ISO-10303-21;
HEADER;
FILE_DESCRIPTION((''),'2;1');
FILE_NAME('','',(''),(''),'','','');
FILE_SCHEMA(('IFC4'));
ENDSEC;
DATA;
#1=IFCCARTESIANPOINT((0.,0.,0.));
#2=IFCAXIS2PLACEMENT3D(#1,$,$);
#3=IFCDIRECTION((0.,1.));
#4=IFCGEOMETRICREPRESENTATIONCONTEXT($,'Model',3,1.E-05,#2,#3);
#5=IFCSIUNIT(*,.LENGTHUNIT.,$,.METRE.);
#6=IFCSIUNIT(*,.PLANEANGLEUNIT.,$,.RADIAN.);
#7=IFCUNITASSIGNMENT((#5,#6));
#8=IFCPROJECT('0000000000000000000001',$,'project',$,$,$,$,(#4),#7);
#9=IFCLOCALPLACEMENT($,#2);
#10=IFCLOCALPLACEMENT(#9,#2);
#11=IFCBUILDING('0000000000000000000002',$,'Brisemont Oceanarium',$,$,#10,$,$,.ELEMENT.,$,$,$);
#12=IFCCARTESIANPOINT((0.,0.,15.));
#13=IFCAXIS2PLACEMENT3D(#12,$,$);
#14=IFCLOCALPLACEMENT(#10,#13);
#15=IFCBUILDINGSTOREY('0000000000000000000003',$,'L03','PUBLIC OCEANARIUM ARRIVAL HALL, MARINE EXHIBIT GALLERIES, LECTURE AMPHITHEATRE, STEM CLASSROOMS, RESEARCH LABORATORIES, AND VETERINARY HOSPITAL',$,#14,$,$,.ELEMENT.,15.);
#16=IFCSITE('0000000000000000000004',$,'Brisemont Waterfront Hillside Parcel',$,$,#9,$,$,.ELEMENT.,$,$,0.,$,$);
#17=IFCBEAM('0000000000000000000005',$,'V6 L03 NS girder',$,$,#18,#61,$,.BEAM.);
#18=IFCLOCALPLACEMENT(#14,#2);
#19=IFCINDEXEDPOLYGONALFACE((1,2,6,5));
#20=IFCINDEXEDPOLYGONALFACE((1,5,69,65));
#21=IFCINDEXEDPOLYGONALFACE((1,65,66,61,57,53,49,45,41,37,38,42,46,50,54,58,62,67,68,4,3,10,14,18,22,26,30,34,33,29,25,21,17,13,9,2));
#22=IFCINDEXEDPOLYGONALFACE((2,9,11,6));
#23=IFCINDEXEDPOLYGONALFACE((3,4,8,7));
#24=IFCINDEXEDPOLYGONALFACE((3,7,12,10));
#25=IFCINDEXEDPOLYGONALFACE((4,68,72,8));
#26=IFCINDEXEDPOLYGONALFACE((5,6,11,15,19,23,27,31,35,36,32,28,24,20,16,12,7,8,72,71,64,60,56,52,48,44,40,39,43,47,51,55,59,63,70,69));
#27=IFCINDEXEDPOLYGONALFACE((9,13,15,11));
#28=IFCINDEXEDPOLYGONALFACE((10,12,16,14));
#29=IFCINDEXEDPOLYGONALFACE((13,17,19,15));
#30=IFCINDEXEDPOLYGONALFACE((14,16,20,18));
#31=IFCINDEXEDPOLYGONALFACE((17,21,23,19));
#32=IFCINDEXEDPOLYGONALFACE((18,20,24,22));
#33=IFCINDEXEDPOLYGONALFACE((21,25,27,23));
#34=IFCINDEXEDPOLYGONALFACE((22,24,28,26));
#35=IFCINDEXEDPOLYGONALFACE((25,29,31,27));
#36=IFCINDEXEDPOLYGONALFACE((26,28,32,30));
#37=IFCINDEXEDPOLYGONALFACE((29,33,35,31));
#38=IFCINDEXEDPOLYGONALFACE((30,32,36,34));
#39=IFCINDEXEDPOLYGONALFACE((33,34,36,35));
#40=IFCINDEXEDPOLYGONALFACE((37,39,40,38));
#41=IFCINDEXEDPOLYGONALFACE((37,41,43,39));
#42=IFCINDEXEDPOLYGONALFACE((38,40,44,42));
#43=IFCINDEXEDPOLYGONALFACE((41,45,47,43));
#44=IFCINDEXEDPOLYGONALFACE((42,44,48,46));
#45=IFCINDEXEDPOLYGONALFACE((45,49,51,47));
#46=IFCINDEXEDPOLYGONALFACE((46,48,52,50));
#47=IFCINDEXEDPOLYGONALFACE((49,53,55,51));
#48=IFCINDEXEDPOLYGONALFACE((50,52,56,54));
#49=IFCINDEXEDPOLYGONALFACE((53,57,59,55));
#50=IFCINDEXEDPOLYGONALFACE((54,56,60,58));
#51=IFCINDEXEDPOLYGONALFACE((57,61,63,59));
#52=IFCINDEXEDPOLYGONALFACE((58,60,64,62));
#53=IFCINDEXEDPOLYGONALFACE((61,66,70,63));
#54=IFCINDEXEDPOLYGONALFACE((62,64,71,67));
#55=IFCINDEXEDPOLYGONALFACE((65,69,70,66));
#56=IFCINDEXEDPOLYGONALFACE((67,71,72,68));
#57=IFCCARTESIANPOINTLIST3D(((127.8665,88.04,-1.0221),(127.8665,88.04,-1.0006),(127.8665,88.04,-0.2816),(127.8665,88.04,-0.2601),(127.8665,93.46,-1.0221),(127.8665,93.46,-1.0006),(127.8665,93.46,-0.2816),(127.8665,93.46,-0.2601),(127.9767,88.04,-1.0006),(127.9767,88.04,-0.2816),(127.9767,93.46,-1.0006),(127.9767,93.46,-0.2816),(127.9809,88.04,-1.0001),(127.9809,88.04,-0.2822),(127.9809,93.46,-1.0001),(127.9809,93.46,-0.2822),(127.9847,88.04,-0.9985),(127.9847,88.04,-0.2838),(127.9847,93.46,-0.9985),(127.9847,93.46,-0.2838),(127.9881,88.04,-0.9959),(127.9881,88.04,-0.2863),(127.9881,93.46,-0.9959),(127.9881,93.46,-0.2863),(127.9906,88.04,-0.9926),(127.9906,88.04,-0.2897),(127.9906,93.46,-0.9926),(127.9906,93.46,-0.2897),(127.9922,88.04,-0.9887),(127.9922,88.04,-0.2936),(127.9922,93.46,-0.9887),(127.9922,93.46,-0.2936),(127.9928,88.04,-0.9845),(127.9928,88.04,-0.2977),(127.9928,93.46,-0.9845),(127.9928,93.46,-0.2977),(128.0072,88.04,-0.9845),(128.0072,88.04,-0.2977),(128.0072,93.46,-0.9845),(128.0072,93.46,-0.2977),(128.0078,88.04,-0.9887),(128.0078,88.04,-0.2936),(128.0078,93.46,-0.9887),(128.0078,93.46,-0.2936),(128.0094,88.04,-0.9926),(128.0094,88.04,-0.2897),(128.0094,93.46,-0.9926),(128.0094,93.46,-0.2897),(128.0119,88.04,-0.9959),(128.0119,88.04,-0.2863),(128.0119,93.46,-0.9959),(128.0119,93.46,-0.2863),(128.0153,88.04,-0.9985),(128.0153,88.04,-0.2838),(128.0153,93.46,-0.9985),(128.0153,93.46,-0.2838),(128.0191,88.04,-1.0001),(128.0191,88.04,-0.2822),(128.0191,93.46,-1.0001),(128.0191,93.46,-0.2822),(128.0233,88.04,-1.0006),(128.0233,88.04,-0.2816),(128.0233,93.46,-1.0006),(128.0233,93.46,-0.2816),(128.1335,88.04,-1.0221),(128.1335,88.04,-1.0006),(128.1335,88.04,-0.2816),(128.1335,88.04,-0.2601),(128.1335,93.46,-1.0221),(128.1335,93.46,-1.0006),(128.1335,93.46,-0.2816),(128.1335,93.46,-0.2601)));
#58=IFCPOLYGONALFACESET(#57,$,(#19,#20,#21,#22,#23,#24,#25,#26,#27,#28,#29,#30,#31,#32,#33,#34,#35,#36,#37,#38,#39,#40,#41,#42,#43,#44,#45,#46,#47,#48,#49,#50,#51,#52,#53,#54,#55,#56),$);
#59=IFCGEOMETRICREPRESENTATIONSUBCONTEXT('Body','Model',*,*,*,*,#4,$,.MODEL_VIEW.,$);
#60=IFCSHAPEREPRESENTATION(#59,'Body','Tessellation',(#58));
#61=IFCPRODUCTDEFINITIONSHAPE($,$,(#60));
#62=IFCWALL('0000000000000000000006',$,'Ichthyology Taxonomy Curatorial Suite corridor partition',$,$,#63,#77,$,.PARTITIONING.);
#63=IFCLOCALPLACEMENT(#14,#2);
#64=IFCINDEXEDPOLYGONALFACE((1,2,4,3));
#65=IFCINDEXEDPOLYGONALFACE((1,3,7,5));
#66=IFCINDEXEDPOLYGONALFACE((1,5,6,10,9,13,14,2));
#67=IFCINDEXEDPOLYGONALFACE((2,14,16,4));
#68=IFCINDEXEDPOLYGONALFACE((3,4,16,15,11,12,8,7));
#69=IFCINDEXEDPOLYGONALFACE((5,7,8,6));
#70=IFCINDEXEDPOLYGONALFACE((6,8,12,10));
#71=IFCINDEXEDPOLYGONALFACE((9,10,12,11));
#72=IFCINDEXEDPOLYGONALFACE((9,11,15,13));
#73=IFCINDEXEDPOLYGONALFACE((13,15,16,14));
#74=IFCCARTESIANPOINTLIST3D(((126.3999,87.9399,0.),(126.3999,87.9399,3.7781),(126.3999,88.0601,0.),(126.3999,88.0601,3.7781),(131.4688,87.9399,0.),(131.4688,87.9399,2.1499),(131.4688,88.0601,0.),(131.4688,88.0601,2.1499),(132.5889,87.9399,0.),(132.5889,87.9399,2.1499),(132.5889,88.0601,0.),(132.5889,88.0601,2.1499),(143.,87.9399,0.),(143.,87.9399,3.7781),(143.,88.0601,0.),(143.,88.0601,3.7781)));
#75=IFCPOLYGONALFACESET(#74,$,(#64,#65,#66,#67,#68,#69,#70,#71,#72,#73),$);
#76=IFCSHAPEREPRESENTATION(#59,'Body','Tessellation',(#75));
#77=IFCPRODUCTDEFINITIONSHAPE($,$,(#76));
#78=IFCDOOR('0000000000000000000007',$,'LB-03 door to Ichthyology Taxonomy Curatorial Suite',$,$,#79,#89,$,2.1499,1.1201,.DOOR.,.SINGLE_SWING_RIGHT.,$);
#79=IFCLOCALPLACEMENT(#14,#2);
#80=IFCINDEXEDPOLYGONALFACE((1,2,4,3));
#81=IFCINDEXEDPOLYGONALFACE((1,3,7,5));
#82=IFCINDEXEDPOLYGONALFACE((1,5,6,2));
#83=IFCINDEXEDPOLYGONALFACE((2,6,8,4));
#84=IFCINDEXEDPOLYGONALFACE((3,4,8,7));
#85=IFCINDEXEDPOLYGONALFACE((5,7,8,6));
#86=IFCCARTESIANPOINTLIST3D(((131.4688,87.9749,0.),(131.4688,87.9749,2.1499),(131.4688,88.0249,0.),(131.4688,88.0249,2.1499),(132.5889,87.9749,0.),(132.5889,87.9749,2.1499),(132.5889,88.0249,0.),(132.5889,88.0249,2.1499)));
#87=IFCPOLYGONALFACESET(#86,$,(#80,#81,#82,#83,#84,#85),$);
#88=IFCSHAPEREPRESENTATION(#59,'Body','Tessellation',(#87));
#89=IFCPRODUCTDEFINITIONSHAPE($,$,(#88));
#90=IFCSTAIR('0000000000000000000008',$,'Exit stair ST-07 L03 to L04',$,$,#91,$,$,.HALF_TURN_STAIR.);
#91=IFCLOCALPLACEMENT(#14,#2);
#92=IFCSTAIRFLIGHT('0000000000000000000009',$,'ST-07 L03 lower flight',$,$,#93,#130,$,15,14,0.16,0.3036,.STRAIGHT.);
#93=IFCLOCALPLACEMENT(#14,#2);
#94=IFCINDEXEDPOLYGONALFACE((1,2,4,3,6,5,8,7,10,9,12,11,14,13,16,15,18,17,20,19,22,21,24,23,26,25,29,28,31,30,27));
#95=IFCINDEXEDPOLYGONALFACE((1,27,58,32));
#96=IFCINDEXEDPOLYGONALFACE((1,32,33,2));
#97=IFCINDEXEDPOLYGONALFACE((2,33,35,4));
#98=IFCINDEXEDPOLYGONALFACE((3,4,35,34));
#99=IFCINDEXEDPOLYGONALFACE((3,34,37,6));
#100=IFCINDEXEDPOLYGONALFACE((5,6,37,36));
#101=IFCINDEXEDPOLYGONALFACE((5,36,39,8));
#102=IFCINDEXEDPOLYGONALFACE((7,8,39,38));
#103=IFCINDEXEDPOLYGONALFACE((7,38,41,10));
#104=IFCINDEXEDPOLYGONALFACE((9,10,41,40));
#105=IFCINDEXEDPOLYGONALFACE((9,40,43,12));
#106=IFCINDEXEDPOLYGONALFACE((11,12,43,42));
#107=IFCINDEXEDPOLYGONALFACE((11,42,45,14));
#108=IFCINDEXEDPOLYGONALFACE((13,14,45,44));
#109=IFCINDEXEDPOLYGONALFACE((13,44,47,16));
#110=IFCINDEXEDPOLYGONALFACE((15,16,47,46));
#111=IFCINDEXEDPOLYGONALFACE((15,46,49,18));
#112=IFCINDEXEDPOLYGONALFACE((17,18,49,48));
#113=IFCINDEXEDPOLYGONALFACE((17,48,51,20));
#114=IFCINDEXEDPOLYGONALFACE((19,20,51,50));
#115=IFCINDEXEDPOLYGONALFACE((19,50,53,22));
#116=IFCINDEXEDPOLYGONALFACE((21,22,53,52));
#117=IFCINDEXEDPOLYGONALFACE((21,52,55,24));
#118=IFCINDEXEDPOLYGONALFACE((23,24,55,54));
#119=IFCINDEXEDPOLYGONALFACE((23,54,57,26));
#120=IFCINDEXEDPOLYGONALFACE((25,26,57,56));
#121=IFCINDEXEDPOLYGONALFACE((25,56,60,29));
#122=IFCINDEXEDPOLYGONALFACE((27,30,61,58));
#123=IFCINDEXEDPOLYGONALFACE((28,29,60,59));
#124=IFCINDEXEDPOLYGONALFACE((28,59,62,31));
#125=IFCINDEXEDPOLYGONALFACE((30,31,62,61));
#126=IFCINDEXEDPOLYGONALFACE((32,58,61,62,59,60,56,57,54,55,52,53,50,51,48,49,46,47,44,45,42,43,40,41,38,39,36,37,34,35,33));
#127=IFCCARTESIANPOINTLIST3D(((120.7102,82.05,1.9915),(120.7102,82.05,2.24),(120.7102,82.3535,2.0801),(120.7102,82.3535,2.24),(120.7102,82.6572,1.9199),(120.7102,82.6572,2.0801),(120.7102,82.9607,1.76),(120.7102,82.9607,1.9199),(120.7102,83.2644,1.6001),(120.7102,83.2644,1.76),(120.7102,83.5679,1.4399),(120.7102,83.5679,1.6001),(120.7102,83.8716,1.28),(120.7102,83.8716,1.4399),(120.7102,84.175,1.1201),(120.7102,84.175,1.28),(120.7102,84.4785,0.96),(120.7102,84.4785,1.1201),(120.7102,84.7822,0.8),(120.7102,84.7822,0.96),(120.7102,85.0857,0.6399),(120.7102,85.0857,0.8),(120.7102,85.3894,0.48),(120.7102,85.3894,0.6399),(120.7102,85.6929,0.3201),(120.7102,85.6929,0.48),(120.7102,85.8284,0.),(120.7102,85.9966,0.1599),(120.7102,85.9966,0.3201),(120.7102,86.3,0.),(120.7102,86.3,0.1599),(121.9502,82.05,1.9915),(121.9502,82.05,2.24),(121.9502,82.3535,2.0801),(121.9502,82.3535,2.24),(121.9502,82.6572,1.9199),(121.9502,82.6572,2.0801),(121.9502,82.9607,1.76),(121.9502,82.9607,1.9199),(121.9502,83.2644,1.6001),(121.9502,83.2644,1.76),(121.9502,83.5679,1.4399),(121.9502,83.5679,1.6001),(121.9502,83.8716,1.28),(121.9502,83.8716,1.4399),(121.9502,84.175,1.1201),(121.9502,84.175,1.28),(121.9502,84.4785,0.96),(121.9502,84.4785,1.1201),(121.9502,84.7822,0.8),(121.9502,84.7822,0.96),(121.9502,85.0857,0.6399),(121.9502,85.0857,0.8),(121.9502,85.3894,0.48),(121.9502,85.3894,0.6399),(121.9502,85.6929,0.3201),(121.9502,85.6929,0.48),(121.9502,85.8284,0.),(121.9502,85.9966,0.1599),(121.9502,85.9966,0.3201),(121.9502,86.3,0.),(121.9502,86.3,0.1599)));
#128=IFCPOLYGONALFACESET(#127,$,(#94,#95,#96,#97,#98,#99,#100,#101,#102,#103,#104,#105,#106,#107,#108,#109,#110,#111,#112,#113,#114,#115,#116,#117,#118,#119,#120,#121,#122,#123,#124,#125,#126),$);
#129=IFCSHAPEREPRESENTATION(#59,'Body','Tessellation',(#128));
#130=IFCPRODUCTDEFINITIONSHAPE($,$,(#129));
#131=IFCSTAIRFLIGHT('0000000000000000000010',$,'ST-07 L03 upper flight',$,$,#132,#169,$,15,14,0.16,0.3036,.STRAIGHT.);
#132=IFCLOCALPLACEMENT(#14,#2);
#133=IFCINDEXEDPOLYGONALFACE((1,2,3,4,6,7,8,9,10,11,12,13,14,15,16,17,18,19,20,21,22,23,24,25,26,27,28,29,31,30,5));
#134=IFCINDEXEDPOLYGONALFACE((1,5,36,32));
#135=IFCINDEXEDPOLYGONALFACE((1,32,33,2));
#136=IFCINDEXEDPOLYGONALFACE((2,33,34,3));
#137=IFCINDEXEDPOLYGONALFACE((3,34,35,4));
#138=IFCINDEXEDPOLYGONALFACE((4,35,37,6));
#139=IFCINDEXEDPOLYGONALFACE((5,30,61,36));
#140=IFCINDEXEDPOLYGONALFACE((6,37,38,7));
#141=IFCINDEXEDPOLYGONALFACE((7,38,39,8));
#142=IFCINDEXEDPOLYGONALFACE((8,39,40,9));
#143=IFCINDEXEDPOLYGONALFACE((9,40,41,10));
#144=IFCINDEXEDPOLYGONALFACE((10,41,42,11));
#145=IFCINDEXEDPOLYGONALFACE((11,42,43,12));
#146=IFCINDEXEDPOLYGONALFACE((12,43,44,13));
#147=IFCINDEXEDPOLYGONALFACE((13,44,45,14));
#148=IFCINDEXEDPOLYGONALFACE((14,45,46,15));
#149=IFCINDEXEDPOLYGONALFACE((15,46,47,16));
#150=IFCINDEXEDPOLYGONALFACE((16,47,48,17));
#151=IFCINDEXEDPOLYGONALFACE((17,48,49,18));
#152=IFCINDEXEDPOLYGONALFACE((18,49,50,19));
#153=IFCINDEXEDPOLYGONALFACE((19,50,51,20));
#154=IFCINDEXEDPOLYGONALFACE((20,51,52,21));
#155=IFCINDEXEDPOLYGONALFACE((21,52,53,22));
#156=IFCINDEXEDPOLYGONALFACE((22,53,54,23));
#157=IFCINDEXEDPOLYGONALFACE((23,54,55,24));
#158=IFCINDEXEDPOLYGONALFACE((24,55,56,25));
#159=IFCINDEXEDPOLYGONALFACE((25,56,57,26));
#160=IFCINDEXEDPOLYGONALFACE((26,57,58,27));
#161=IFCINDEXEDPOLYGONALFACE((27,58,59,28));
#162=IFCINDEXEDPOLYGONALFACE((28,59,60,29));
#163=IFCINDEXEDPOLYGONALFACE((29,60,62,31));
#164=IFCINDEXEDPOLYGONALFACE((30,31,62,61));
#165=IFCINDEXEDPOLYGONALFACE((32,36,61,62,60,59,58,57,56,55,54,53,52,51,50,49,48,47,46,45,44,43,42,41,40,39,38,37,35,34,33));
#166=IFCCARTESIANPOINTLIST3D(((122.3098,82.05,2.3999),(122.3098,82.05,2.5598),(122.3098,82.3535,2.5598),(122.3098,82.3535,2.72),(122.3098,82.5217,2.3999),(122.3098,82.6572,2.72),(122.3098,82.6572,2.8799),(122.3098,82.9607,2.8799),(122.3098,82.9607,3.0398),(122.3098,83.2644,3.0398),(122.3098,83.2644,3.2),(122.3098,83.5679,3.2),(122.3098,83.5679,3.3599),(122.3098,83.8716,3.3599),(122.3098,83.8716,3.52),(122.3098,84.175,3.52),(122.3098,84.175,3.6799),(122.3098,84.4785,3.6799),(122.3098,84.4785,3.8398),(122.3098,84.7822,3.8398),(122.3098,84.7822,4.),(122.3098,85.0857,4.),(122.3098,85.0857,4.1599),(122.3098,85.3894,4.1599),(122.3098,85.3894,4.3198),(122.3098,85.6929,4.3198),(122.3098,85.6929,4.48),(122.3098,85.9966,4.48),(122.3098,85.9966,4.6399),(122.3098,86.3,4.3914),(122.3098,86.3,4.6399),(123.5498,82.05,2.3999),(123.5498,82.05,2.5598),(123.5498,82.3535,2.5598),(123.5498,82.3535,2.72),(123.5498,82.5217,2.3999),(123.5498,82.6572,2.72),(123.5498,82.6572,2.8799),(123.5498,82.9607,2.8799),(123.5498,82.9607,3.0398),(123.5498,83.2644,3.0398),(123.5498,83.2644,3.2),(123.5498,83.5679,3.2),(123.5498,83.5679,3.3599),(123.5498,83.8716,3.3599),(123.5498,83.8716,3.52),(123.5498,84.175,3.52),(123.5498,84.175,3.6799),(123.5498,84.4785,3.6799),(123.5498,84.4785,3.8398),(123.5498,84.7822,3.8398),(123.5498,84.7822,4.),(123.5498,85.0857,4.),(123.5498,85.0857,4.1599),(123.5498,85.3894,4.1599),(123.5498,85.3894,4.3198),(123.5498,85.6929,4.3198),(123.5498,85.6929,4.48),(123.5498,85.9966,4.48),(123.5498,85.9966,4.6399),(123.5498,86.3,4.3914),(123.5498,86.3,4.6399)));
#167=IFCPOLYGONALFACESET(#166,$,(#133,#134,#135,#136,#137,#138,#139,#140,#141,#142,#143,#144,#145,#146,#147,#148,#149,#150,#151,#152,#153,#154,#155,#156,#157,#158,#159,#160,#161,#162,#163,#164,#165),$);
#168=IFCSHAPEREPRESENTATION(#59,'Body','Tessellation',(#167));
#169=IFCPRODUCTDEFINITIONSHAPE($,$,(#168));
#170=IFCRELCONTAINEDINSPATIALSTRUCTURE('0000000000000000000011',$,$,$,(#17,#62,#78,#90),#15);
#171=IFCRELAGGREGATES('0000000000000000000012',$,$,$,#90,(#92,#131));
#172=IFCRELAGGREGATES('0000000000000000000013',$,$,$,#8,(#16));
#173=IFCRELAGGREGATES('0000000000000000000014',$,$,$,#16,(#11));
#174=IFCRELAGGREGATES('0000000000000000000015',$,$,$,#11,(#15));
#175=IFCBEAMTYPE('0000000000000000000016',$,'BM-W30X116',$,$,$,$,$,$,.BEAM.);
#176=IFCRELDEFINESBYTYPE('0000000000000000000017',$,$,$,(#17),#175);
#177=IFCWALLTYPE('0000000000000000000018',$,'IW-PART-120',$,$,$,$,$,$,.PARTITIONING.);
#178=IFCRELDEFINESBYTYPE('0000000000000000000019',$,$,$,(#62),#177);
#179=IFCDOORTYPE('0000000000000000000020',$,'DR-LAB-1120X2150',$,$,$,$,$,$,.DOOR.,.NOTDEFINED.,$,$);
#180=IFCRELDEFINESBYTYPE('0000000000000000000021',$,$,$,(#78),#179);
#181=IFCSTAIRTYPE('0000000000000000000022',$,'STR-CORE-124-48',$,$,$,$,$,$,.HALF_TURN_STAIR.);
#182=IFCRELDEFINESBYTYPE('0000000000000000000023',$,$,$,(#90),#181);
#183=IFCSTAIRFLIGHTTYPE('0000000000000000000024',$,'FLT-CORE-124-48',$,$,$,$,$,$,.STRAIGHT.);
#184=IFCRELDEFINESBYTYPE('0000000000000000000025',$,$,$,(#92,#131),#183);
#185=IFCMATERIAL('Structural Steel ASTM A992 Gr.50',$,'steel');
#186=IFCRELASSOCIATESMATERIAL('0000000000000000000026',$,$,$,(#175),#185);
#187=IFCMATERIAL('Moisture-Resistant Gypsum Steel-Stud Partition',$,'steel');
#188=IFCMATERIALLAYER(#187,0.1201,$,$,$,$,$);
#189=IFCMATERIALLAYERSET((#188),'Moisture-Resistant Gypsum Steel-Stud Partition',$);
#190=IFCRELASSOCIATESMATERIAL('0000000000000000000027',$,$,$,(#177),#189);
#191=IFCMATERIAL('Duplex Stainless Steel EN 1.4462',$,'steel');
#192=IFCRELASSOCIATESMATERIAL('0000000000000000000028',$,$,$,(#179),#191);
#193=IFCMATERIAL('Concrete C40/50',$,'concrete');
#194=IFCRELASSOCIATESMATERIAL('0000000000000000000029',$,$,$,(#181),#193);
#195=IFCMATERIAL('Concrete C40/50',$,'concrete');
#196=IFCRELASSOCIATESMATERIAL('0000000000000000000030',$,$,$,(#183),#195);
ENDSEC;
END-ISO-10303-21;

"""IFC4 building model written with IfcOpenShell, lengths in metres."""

from ifc_helpers import new_model, si_unit, direction, frame, frame_2d, origin, origin_2d, place, context, subcontext, project, spatial, polyline, rectangle, i_section, outline, extrude, material, layer, layer_set, material_profile, profile_set, type_object, element, fill, aggregate, save


model = new_model("IFC4")

# Units and contexts
model_context = context("Model", 3, precision=1e-05, world=origin(), true_north=direction((0.0, 1.0)))
body_context = subcontext(model_context, "Body", "Model", "MODEL_VIEW")
ifc_project = project(units=[si_unit("LENGTHUNIT", "METRE"), si_unit("PLANEANGLEUNIT", "RADIAN")], contexts=[model_context])

# Site, building, storey
site_placement = place(None, origin())
site = spatial("IfcSite", under=ifc_project, at=site_placement, Name="Brisemont Waterfront Hillside Parcel", CompositionType="ELEMENT", RefElevation=0.0)
building_placement = place(site_placement, origin())
building = spatial("IfcBuilding", under=site, at=building_placement, Name="Brisemont Oceanarium", CompositionType="ELEMENT")
storey_placement = place(building_placement, frame((0.0, 0.0, 15.0)))
storey = spatial("IfcBuildingStorey", under=building, at=storey_placement, Name="L03", Description="PUBLIC OCEANARIUM ARRIVAL HALL, MARINE EXHIBIT GALLERIES, LECTURE AMPHITHEATRE, STEM CLASSROOMS, RESEARCH LABORATORIES, AND VETERINARY HOSPITAL", CompositionType="ELEMENT", Elevation=15.0)

# Beam
ifc_material_1 = material(Name="Structural Steel ASTM A992 Gr.50", Category="steel")
ifc_material_profile_1 = material_profile(ifc_material_1, i_section(OverallWidth=0.2671, OverallDepth=0.762, WebThickness=0.0144, FlangeThickness=0.0215, FilletRadius=0.0161, at=origin_2d()), Name="W30X116")
ifc_profile_set_1 = profile_set([ifc_material_profile_1], Name="Structural Steel ASTM A992 Gr.50")
beam_type_1 = type_object("IfcBeamType", Name="BM-W30X116", PredefinedType="BEAM", material=ifc_profile_set_1)
beam_1_placement = place(storey_placement, frame((128.0, 88.04, -0.6411), z_axis=(0.0, 1.0, 0.0), x_axis=(-1.0, 0.0, 0.0)))
element("IfcBeam", 1, at=beam_1_placement, inside=storey, type_object=beam_type_1, Name="V6 L03 NS girder", PredefinedType="BEAM", context=body_context, shape_type="SweptSolid", body=[
    extrude(i_section(OverallWidth=0.2671, OverallDepth=0.762, WebThickness=0.0144, FlangeThickness=0.0215, FilletRadius=0.0161, at=origin_2d()), origin(), (0.0, 0.0, 1.0), 5.4199),
])

# Wall, opening, door
ifc_material_2 = material(Name="Moisture-Resistant Gypsum Steel-Stud Partition", Category="steel")
ifc_layer_1 = layer(ifc_material_2, 0.1201)
ifc_layer_set_1 = layer_set([ifc_layer_1], Name="Moisture-Resistant Gypsum Steel-Stud Partition")
wall_type_1 = type_object("IfcWallType", Name="IW-PART-120", PredefinedType="PARTITIONING", material=ifc_layer_set_1)
wall_1_placement = place(storey_placement, frame((126.3999, 88.0, 0.0), z_axis=(0.0, 0.0, 1.0), x_axis=(1.0, 0.0, 0.0)))
wall_1 = element("IfcWall", 2, at=wall_1_placement, inside=storey, type_object=wall_type_1, Name="Ichthyology Taxonomy Curatorial Suite corridor partition", PredefinedType="PARTITIONING", context=body_context, shape_type="SweptSolid", body=[
    extrude(rectangle(XDim=16.6001, YDim=0.1201, at=frame_2d((8.3, 0.0))), origin(), (0.0, 0.0, 1.0), 3.7781),
])
opening_1_placement = place(wall_1_placement, frame((5.0688, 0.0, 0.0)))
opening_1 = element("IfcOpeningElement", 3, at=opening_1_placement, cuts=wall_1, PredefinedType="OPENING", context=body_context, shape_type="SweptSolid", body=[
    extrude(rectangle(XDim=1.1201, YDim=2.1499, at=frame_2d((0.5601, 1.075))), frame((0.0, 0.0701, 0.0), z_axis=(0.0, -1.0, 0.0), x_axis=(1.0, 0.0, 0.0)), (0.0, 0.0, 1.0), 0.1401),
])
ifc_material_3 = material(Name="Duplex Stainless Steel EN 1.4462", Category="steel")
door_type_1 = type_object("IfcDoorType", Name="DR-LAB-1120X2150", OperationType="NOTDEFINED", PredefinedType="DOOR", material=ifc_material_3)
door_1_placement = place(opening_1_placement, origin())
door_1 = element("IfcDoor", 4, at=door_1_placement, inside=storey, type_object=door_type_1, Name="LB-03 door to Ichthyology Taxonomy Curatorial Suite", OperationType="SINGLE_SWING_RIGHT", OverallHeight=2.1499, OverallWidth=1.1201, PredefinedType="DOOR", context=body_context, shape_type="SweptSolid", body=[
    extrude(rectangle(XDim=1.1201, YDim=2.1499, at=frame_2d((0.5601, 1.075))), frame((0.0, 0.0249, 0.0), z_axis=(0.0, -1.0, 0.0), x_axis=(1.0, 0.0, 0.0)), (0.0, 0.0, 1.0), 0.05),
])
fill(opening_1, door_1)

# Stair, stair flights
ifc_material_4 = material(Name="Concrete C40/50", Category="concrete")
stair_type = type_object("IfcStairType", Name="STR-CORE-124-48", PredefinedType="HALF_TURN_STAIR", material=ifc_material_4)
stair_placement = place(storey_placement, origin())
stair = element("IfcStair", 5, at=stair_placement, inside=storey, type_object=stair_type, Name="Exit stair ST-07 L03 to L04", PredefinedType="HALF_TURN_STAIR")
ifc_material_5 = material(Name="Concrete C40/50", Category="concrete")
stair_flight_type = type_object("IfcStairFlightType", Name="FLT-CORE-124-48", PredefinedType="STRAIGHT", material=ifc_material_5)
stair_flight_1_placement = place(storey_placement, frame((121.3301, 86.3, 0.0), z_axis=(0.0, 0.0, 1.0), x_axis=(0.0, -1.0, 0.0)))
stair_flight_1 = element("IfcStairFlight", 6, at=stair_flight_1_placement, type_object=stair_flight_type, Name="ST-07 L03 lower flight", NumberOfRisers=15, NumberOfTreads=14, PredefinedType="STRAIGHT", RiserHeight=0.16, TreadLength=0.3036, context=body_context, shape_type="SweptSolid", body=[
    extrude(outline(polyline([(0.0, 0.0), (0.0, 0.1599), (0.3035, 0.1599), (0.3035, 0.3201), (0.6072, 0.3201), (0.6072, 0.48), (0.9106, 0.48), (0.9106, 0.6399), (1.2144, 0.6399), (1.2144, 0.8), (1.5178, 0.8), (1.5178, 0.96), (1.8215, 0.96), (1.8215, 1.1201), (2.125, 1.1201), (2.125, 1.28), (2.4285, 1.28), (2.4285, 1.4399), (2.7322, 1.4399), (2.7322, 1.6001), (3.0356, 1.6001), (3.0356, 1.76), (3.3394, 1.76), (3.3394, 1.9199), (3.6428, 1.9199), (3.6428, 2.0801), (3.9465, 2.0801), (3.9465, 2.24), (4.25, 2.24), (4.25, 2.3999), (4.25, 1.9915), (0.4717, 0.0), (0.0, 0.0)])), frame((0.0, 0.6201, 0.0), z_axis=(0.0, -1.0, 0.0), x_axis=(1.0, 0.0, 0.0)), (0.0, 0.0, 1.0), 1.24),
])
stair_flight_2_placement = place(storey_placement, frame((122.9299, 82.05, 2.3999), z_axis=(0.0, 0.0, 1.0), x_axis=(0.0, 1.0, 0.0)))
stair_flight_2 = element("IfcStairFlight", 7, at=stair_flight_2_placement, type_object=stair_flight_type, Name="ST-07 L03 upper flight", NumberOfRisers=15, NumberOfTreads=14, PredefinedType="STRAIGHT", RiserHeight=0.16, TreadLength=0.3036, context=body_context, shape_type="SweptSolid", body=[
    extrude(outline(polyline([(0.0, 0.0), (0.0, 0.1599), (0.3035, 0.1599), (0.3035, 0.3201), (0.6072, 0.3201), (0.6072, 0.48), (0.9106, 0.48), (0.9106, 0.6399), (1.2144, 0.6399), (1.2144, 0.8), (1.5178, 0.8), (1.5178, 0.96), (1.8215, 0.96), (1.8215, 1.1201), (2.125, 1.1201), (2.125, 1.28), (2.4285, 1.28), (2.4285, 1.4399), (2.7322, 1.4399), (2.7322, 1.6001), (3.0356, 1.6001), (3.0356, 1.76), (3.3394, 1.76), (3.3394, 1.9199), (3.6428, 1.9199), (3.6428, 2.0801), (3.9465, 2.0801), (3.9465, 2.24), (4.25, 2.24), (4.25, 2.3999), (4.25, 1.9915), (0.4717, 0.0), (0.0, 0.0)])), frame((0.0, 0.6201, 0.0), z_axis=(0.0, -1.0, 0.0), x_axis=(1.0, 0.0, 0.0)), (0.0, 0.0, 1.0), 1.24),
])
aggregate(stair, [stair_flight_1, stair_flight_2])

save(model, "model.ifc")
